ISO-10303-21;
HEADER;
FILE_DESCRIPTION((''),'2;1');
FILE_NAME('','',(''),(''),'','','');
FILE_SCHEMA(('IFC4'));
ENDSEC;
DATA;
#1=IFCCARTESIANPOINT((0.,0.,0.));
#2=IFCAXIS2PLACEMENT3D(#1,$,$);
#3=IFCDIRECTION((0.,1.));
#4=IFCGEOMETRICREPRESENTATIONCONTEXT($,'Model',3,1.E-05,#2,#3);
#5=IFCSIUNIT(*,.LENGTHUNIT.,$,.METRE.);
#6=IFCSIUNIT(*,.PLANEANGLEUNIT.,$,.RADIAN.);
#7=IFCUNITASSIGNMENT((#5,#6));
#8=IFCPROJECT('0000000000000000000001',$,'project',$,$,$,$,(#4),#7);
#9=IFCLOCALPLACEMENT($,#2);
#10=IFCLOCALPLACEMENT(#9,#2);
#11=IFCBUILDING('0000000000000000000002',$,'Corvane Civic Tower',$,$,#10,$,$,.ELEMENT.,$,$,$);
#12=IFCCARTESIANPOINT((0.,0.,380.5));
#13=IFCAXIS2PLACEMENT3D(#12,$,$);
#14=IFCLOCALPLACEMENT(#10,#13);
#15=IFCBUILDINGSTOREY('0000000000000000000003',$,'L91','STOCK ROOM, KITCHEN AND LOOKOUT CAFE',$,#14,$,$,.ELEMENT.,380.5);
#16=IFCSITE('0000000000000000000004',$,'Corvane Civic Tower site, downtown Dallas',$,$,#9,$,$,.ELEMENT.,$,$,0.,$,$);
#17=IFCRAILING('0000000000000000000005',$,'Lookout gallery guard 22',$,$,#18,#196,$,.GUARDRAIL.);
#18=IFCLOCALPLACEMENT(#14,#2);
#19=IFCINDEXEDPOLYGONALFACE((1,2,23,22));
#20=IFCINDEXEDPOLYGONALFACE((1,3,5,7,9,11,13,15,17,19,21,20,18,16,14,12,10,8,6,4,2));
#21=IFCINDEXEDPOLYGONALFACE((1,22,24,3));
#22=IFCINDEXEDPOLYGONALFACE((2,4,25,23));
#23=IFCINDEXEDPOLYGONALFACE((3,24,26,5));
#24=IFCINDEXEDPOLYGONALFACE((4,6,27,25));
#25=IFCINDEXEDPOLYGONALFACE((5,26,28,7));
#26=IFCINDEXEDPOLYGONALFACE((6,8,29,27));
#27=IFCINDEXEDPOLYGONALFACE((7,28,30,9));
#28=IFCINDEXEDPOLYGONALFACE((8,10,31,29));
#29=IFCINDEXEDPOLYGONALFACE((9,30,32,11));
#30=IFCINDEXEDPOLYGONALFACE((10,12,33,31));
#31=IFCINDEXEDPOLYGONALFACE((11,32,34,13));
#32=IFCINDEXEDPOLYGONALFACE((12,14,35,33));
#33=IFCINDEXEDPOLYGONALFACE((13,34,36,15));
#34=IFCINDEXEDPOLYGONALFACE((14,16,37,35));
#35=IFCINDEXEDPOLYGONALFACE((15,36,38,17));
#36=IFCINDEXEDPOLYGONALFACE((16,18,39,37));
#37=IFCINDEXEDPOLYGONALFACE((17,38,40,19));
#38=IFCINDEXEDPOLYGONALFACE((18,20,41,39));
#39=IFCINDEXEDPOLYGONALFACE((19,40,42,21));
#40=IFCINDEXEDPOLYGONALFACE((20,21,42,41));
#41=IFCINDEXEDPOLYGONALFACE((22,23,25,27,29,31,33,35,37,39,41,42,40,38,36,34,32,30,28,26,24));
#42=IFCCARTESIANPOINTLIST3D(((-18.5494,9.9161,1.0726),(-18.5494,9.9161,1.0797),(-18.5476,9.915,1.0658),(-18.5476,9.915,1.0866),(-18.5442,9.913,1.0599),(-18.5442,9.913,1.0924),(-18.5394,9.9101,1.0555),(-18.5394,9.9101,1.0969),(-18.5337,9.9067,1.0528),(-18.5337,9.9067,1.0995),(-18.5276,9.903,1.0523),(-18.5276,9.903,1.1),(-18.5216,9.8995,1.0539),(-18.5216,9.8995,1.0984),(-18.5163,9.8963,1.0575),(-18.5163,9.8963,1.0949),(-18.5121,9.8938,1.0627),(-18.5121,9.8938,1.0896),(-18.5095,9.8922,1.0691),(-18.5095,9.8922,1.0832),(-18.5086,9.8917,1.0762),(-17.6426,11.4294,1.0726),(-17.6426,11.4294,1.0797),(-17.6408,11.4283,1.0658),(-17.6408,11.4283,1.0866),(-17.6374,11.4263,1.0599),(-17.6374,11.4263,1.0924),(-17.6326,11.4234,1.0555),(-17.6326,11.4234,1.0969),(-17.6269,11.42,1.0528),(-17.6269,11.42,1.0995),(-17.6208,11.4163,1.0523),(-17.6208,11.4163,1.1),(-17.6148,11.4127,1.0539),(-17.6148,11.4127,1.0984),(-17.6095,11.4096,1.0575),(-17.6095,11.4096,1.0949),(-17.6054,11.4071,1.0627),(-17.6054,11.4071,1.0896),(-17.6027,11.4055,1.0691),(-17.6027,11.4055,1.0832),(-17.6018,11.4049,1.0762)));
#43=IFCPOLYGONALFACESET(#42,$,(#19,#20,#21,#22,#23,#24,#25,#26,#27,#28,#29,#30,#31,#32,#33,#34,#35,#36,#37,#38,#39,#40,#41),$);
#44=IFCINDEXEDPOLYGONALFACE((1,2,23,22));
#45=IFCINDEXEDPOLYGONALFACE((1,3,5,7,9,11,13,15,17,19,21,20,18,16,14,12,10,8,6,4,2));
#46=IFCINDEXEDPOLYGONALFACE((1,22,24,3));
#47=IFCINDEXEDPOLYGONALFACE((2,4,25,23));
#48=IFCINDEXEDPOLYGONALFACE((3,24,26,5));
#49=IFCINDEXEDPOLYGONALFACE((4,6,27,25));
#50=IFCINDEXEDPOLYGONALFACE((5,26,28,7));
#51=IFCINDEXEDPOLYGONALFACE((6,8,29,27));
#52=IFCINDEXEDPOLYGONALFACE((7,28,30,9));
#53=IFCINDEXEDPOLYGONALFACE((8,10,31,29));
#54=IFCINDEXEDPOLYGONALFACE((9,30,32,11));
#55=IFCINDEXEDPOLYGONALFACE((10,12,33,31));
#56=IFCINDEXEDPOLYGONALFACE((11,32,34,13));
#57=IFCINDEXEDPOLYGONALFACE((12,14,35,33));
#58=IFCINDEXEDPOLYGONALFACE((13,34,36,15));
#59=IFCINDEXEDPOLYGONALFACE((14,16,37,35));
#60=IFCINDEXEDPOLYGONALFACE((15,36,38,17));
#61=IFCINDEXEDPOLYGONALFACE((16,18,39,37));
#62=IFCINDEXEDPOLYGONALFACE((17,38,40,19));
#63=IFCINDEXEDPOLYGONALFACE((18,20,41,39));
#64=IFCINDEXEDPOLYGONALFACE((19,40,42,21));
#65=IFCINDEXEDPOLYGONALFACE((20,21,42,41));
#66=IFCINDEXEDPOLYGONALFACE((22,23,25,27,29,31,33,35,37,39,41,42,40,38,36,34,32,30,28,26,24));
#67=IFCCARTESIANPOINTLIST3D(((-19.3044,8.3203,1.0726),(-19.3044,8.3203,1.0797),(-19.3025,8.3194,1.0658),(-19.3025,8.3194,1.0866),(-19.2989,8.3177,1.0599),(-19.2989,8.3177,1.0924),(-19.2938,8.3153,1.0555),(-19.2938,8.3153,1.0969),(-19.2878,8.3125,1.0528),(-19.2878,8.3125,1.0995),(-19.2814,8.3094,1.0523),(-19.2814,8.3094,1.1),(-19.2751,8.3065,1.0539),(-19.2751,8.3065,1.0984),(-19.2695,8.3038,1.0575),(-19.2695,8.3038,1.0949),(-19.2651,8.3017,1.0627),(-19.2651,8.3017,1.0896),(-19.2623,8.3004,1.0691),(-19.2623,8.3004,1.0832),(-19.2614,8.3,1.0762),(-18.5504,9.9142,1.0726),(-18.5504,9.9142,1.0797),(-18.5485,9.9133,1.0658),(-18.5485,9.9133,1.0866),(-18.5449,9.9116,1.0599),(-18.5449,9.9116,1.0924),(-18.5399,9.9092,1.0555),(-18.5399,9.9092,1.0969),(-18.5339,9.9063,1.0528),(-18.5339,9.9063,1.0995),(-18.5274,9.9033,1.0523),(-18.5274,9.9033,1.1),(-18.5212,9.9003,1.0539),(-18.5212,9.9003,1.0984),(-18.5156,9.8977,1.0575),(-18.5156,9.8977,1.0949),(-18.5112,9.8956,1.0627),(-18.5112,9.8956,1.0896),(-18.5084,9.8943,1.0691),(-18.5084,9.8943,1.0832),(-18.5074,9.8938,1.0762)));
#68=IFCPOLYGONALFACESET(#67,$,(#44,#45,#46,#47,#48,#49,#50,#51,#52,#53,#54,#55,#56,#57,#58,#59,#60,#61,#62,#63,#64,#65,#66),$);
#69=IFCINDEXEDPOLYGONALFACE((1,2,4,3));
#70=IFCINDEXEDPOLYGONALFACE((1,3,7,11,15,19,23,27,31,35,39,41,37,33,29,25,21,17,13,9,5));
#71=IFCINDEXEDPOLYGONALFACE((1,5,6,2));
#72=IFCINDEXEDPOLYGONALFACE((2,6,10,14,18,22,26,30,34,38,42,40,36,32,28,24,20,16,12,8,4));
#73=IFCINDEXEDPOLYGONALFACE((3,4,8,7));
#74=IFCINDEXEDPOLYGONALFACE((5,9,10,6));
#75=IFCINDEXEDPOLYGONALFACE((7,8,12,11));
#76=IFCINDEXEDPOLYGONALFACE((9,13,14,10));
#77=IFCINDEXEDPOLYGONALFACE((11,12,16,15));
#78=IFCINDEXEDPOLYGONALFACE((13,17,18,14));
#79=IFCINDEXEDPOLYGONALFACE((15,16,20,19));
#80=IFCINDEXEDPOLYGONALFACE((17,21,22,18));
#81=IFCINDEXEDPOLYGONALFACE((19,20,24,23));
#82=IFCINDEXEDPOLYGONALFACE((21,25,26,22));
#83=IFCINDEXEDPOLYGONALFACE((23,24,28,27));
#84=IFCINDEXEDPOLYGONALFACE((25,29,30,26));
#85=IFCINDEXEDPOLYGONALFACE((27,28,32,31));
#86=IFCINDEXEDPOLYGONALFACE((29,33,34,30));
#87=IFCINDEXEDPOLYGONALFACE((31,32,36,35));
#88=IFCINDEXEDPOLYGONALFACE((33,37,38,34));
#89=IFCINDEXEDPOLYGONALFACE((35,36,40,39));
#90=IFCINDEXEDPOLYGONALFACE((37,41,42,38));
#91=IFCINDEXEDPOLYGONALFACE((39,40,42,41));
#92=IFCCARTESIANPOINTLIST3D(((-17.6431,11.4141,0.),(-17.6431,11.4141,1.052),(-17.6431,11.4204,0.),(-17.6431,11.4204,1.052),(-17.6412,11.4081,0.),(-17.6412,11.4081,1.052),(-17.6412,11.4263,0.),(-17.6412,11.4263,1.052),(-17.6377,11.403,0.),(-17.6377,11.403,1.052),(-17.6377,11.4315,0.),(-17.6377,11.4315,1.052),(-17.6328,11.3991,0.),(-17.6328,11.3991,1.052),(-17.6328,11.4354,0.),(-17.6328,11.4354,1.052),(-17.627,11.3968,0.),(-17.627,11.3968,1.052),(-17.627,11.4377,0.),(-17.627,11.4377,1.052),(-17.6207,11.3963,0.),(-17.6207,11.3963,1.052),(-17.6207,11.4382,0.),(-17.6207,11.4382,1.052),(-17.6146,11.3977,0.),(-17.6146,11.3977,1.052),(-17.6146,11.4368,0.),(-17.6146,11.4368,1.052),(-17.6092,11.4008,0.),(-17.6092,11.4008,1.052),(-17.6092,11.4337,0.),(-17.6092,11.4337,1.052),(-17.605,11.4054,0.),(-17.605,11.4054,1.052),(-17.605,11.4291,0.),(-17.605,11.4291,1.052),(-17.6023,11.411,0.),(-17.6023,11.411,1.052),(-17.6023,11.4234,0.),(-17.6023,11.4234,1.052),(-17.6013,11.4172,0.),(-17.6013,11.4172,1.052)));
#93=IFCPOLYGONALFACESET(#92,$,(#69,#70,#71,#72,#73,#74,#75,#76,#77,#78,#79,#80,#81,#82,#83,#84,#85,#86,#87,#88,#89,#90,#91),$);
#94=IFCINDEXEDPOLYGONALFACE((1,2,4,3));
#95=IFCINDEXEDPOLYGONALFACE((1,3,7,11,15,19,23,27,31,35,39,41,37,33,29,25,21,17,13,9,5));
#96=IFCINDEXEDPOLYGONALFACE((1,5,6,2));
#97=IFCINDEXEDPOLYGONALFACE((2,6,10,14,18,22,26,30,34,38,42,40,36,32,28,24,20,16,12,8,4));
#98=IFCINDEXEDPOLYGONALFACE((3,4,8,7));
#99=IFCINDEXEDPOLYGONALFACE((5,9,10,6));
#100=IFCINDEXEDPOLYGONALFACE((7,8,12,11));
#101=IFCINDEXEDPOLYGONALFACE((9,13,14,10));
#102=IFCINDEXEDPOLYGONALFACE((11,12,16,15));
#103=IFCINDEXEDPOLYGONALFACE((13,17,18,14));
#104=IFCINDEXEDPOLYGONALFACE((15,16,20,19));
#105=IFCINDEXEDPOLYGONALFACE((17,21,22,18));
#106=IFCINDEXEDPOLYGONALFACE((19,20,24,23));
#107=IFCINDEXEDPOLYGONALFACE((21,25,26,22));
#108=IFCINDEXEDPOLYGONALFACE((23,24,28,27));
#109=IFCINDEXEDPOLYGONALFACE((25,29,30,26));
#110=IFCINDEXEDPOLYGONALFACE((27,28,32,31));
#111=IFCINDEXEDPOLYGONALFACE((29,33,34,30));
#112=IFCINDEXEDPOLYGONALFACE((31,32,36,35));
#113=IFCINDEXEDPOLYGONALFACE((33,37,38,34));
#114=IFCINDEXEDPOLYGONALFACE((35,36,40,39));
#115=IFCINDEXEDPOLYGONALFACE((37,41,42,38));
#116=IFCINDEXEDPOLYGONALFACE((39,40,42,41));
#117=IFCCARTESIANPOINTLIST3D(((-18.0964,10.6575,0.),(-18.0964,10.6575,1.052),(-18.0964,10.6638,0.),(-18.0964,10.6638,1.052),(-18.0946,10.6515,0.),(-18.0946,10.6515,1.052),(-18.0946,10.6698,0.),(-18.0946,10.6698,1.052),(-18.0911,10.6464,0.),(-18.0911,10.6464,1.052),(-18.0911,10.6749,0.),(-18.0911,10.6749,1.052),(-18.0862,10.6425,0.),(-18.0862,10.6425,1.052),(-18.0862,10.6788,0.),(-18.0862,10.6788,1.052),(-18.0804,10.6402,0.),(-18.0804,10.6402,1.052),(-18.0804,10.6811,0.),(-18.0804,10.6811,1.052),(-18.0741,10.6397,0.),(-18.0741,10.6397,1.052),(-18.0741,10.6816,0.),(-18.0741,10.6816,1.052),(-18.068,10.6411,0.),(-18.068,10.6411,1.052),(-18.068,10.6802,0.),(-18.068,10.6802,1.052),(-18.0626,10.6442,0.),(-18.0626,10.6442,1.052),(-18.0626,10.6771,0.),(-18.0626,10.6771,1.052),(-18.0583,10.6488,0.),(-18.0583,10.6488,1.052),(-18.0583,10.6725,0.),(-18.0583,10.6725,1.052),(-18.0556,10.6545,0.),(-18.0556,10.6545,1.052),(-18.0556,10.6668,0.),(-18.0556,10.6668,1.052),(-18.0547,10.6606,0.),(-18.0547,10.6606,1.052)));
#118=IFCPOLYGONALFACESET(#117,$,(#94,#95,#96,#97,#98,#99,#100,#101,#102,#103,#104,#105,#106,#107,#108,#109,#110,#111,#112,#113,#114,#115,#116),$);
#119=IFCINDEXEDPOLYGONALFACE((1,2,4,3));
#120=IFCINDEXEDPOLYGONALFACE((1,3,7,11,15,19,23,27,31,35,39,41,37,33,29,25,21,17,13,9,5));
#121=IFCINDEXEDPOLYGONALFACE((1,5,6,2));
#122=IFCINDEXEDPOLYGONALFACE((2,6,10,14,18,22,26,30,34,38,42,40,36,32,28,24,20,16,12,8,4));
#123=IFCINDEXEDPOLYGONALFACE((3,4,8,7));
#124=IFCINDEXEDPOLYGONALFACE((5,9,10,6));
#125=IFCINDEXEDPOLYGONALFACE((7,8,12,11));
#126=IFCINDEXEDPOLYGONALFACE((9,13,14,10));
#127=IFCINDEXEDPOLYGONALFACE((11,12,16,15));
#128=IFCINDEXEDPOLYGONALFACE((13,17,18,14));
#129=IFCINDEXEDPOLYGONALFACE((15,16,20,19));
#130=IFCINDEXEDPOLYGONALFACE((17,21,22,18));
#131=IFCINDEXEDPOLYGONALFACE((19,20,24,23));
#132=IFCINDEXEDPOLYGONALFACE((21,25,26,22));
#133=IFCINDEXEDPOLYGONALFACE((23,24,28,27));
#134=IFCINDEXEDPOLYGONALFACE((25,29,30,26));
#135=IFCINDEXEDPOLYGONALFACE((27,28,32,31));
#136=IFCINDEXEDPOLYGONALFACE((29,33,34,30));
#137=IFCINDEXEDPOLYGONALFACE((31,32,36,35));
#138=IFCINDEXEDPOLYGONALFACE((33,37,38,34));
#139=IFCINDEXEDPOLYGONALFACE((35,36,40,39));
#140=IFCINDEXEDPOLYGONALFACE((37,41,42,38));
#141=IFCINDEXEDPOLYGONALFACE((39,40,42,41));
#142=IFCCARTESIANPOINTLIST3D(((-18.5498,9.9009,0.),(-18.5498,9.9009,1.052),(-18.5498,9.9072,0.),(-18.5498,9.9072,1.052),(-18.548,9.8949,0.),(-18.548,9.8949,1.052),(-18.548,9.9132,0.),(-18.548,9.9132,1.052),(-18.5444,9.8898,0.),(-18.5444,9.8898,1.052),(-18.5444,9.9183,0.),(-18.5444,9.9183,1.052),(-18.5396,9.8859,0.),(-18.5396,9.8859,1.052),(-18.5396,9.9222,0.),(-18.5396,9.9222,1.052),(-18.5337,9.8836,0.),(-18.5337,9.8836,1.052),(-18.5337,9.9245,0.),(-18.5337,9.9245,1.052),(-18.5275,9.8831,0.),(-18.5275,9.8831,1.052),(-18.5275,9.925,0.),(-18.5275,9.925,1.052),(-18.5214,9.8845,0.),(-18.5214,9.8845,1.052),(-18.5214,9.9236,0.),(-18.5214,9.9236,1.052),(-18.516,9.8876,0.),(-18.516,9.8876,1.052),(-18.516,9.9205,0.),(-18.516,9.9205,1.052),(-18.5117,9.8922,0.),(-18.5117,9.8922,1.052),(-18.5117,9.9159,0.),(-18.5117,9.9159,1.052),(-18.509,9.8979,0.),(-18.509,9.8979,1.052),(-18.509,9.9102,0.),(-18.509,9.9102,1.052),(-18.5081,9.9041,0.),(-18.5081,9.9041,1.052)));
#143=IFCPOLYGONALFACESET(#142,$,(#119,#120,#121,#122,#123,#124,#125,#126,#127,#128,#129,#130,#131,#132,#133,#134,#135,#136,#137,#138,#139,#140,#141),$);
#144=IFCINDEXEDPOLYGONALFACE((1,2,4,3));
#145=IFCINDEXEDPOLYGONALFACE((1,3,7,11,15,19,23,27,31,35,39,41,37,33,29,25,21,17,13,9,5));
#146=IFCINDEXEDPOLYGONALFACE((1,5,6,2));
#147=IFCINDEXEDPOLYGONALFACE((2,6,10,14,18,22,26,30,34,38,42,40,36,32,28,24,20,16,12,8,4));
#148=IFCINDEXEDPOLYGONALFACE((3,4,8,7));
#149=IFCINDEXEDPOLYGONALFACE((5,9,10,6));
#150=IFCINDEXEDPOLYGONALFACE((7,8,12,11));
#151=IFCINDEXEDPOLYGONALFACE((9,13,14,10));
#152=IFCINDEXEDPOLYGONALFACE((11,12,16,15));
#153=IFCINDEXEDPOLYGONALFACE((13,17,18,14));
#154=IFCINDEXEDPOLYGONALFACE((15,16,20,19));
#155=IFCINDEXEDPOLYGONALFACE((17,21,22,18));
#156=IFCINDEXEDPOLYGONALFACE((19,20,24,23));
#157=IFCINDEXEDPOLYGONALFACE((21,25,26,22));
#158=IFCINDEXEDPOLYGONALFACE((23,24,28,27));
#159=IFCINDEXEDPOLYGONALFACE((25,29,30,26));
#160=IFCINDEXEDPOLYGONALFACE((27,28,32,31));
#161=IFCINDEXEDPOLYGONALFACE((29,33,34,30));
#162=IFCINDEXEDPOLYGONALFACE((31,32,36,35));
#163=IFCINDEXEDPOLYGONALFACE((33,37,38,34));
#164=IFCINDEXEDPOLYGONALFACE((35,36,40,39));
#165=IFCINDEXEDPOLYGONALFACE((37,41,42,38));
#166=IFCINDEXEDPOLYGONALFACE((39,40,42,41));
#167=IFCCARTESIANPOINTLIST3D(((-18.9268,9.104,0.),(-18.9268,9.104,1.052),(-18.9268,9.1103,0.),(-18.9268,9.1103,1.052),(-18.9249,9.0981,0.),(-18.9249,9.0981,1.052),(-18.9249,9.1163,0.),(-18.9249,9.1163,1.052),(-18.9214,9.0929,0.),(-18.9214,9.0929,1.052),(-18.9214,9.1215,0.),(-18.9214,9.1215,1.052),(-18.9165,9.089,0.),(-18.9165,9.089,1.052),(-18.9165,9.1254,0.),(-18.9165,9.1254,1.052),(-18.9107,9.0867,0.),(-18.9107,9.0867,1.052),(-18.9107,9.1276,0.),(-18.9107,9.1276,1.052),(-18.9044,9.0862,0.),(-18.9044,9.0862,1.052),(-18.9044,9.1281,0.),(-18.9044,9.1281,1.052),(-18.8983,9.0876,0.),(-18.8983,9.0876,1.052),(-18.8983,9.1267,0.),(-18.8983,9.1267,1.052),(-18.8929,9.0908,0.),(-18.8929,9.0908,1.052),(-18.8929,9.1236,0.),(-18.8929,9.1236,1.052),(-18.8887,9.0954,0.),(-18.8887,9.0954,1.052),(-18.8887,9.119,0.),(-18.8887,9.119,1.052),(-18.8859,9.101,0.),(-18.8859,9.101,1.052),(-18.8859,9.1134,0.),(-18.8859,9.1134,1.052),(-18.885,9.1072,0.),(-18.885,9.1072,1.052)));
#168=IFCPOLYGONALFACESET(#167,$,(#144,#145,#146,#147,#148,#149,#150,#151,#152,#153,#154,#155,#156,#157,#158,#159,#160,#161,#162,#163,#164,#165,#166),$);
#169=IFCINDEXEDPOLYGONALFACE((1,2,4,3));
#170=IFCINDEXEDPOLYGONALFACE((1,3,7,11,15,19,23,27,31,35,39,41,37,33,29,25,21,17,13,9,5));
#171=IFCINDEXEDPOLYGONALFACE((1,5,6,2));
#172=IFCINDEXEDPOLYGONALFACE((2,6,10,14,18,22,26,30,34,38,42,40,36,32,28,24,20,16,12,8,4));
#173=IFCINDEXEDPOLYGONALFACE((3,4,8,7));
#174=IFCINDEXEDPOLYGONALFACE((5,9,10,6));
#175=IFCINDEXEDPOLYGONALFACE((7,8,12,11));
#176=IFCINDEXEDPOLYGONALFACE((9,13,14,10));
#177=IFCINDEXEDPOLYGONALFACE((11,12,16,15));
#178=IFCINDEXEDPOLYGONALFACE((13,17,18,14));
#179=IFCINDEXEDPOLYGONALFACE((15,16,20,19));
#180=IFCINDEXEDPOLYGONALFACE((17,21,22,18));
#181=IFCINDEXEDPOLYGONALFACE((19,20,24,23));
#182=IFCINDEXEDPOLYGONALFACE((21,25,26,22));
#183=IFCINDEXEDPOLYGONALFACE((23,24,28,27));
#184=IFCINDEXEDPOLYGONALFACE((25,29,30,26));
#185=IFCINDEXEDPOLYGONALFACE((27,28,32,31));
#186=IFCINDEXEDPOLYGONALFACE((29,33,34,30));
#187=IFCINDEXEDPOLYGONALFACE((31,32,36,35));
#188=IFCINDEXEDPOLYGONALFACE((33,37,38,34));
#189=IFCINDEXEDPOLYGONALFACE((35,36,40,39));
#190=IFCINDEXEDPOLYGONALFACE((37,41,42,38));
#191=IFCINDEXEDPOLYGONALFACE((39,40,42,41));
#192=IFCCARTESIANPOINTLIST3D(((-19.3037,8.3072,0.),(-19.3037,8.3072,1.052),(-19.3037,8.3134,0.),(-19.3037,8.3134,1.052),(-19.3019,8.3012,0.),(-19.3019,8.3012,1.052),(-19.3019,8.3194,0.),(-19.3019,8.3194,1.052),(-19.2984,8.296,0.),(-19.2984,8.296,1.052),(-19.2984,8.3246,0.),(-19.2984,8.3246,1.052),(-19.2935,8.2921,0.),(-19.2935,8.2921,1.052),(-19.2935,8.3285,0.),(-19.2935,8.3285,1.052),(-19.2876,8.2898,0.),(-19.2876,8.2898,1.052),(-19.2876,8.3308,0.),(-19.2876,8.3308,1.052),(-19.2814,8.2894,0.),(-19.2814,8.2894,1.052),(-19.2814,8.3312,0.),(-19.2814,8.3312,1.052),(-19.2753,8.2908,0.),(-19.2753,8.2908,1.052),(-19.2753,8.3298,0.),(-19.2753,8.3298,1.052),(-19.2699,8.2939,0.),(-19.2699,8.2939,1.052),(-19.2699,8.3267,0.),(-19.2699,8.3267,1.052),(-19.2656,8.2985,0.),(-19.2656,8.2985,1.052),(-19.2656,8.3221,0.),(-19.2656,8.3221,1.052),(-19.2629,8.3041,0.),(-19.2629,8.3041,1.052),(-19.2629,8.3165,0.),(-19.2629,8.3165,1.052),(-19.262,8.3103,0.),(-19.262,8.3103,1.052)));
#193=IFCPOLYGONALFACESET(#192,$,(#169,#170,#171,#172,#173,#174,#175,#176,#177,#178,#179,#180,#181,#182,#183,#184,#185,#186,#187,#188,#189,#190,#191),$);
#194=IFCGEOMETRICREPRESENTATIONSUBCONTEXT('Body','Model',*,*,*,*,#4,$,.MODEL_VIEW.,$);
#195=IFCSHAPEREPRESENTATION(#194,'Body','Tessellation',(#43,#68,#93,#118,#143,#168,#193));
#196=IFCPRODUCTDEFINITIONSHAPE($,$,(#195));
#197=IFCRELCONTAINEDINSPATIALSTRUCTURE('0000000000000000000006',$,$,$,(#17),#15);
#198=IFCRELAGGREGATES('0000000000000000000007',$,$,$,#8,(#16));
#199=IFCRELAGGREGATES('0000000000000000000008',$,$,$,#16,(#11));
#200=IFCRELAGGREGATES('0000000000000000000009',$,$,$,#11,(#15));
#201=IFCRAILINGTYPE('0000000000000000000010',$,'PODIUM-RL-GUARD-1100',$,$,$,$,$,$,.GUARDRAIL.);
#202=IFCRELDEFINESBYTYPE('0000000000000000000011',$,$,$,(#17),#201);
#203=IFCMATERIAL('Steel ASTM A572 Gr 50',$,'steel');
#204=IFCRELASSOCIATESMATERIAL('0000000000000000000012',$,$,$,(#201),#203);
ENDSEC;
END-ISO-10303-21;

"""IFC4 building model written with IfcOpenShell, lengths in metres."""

from ifc_helpers import new_model, si_unit, direction, frame, origin, origin_2d, place, context, subcontext, project, spatial, circle, extrude, material, type_object, element, save


model = new_model("IFC4")

# Units and contexts
model_context = context("Model", 3, precision=1e-05, world=origin(), true_north=direction((0.0, 1.0)))
body_context = subcontext(model_context, "Body", "Model", "MODEL_VIEW")
ifc_project = project(units=[si_unit("LENGTHUNIT", "METRE"), si_unit("PLANEANGLEUNIT", "RADIAN")], contexts=[model_context])

# Site, building, storey
site_placement = place(None, origin())
site = spatial("IfcSite", under=ifc_project, at=site_placement, Name="Corvane Civic Tower site, downtown Dallas", CompositionType="ELEMENT", RefElevation=0.0)
building_placement = place(site_placement, origin())
building = spatial("IfcBuilding", under=site, at=building_placement, Name="Corvane Civic Tower", CompositionType="ELEMENT")
storey_placement = place(building_placement, frame((0.0, 0.0, 380.5)))
storey = spatial("IfcBuildingStorey", under=building, at=storey_placement, Name="L91", Description="STOCK ROOM, KITCHEN AND LOOKOUT CAFE", CompositionType="ELEMENT", Elevation=380.5)

# Railing
ifc_material_1 = material(Name="Steel ASTM A572 Gr 50", Category="steel")
railing_type_1 = type_object("IfcRailingType", Name="PODIUM-RL-GUARD-1100", PredefinedType="GUARDRAIL", material=ifc_material_1)
railing_1_placement = place(storey_placement, frame((-17.6223, 11.4172, 0.0)))
element("IfcRailing", 1, at=railing_1_placement, inside=storey, type_object=railing_type_1, Name="Lookout gallery guard 22", PredefinedType="GUARDRAIL", context=body_context, shape_type="SweptSolid", body=[
    extrude(circle(Radius=0.0239, at=origin_2d()), frame((0.0, 0.0, 1.0762), z_axis=(-0.514007, -0.857786, 0.0), x_axis=(0.857786, -0.514007, 0.0)), (0.0, 0.0, 1.0), 1.7642),
    extrude(circle(Radius=0.0239, at=origin_2d()), frame((-0.9067, -1.5132, 1.0762), z_axis=(-0.42761, -0.903963, 0.0), x_axis=(0.903963, -0.42761, 0.0)), (0.0, 0.0, 1.0), 1.7632),
    extrude(circle(Radius=0.021, at=origin_2d()), origin(), (0.0, 0.0, 1.0), 1.052),
    extrude(circle(Radius=0.021, at=origin_2d()), frame((-0.4534, -0.7566, 0.0)), (0.0, 0.0, 1.0), 1.052),
    extrude(circle(Radius=0.021, at=origin_2d()), frame((-0.9067, -1.5132, 0.0)), (0.0, 0.0, 1.0), 1.052),
    extrude(circle(Radius=0.021, at=origin_2d()), frame((-1.2837, -2.3101, 0.0)), (0.0, 0.0, 1.0), 1.052),
    extrude(circle(Radius=0.021, at=origin_2d()), frame((-1.6606, -3.1069, 0.0)), (0.0, 0.0, 1.0), 1.052),
])

save(model, "model.ifc")
